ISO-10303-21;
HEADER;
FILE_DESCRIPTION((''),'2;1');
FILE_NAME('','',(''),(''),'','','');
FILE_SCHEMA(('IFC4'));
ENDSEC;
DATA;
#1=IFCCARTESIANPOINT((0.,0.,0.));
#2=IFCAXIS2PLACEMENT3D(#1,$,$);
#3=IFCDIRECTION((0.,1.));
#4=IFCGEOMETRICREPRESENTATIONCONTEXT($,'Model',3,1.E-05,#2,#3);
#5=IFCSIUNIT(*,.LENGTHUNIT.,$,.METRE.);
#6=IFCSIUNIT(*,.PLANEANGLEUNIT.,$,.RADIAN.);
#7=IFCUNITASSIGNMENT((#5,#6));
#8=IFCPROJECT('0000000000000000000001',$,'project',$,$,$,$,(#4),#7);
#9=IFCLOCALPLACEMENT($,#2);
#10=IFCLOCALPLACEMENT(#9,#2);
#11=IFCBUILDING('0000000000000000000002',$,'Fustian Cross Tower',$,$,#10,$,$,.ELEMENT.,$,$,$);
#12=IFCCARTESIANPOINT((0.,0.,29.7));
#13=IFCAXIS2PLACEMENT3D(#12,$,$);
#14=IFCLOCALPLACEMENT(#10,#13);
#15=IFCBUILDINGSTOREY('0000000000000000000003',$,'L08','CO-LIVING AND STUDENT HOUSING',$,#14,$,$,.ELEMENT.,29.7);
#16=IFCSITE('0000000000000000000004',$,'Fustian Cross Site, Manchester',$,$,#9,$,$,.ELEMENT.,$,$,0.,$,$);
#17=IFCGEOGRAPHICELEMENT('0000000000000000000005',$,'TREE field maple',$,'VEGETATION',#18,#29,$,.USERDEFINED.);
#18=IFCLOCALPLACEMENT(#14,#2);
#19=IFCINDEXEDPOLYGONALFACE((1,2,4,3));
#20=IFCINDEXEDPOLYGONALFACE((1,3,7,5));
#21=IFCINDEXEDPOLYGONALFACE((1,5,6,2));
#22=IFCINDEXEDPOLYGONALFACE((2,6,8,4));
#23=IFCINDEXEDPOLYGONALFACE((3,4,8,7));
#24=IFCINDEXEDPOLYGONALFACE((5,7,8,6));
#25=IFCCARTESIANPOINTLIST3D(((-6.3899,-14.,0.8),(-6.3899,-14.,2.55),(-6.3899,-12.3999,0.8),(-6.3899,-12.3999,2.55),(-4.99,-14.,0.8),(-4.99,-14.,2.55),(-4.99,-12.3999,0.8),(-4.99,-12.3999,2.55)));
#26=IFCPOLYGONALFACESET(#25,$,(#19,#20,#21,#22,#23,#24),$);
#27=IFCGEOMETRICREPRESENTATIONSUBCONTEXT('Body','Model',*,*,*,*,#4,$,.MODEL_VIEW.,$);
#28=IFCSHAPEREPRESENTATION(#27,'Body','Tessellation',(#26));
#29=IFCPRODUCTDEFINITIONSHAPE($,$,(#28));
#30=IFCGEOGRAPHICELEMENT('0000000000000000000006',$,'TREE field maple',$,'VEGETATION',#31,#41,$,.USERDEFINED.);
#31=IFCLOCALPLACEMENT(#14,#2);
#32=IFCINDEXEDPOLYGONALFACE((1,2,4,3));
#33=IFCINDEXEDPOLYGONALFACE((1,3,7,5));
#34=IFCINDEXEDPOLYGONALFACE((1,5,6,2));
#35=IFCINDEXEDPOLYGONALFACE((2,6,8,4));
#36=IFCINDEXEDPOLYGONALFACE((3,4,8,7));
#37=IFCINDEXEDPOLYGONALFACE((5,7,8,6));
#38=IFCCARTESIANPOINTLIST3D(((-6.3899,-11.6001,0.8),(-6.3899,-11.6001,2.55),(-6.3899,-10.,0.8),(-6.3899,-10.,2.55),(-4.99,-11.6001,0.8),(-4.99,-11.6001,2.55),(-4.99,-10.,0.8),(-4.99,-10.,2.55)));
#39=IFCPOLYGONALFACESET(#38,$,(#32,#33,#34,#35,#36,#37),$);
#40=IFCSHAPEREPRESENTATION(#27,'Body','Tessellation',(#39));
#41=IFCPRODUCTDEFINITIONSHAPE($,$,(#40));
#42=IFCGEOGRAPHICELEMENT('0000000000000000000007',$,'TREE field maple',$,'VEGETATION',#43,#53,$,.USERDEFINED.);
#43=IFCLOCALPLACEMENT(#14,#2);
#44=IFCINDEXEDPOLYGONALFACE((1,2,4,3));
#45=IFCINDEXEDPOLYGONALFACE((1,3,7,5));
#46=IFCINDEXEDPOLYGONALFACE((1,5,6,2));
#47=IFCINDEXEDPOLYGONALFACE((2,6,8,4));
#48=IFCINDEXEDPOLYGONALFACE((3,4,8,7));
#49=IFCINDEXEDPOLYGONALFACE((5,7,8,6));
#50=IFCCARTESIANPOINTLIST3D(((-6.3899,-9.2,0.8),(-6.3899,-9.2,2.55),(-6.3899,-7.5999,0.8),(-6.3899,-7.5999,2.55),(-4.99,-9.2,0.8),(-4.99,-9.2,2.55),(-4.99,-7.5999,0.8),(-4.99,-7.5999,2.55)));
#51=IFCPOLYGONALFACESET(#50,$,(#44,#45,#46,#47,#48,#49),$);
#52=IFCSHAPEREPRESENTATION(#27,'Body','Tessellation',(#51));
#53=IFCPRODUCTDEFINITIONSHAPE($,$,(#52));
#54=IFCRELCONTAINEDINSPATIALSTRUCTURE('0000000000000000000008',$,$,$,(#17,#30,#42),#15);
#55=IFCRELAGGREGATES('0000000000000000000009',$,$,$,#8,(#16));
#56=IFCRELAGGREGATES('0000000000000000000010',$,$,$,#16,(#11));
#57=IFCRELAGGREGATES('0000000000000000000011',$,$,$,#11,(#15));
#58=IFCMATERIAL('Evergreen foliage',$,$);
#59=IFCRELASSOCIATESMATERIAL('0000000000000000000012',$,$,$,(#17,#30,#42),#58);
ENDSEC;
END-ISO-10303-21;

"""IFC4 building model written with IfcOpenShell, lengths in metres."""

from ifc_helpers import new_model, si_unit, direction, frame, origin, origin_2d, place, context, subcontext, project, spatial, rectangle, extrude, material, element, save


model = new_model("IFC4")

# Units and contexts
model_context = context("Model", 3, precision=1e-05, world=origin(), true_north=direction((0.0, 1.0)))
body_context = subcontext(model_context, "Body", "Model", "MODEL_VIEW")
ifc_project = project(units=[si_unit("LENGTHUNIT", "METRE"), si_unit("PLANEANGLEUNIT", "RADIAN")], contexts=[model_context])

# Site, building, storey
site_placement = place(None, origin())
site = spatial("IfcSite", under=ifc_project, at=site_placement, Name="Fustian Cross Site, Manchester", CompositionType="ELEMENT", RefElevation=0.0)
building_placement = place(site_placement, origin())
building = spatial("IfcBuilding", under=site, at=building_placement, Name="Fustian Cross Tower", CompositionType="ELEMENT")
storey_placement = place(building_placement, frame((0.0, 0.0, 29.7)))
storey = spatial("IfcBuildingStorey", under=building, at=storey_placement, Name="L08", Description="CO-LIVING AND STUDENT HOUSING", CompositionType="ELEMENT", Elevation=29.7)

# Geographic elements
ifc_material_1 = material(Name="Evergreen foliage")
for number, where, z_axis, x_axis, name in (
    (1, (-5.6899, -13.2, 0.8), (0.0, 0.0, 1.0), (1.0, 0.0, 0.0), "TREE field maple"),
    (2, (-5.6899, -10.8, 0.8), (0.0, 0.0, 1.0), (1.0, 0.0, 0.0), "TREE field maple"),
    (3, (-5.6899, -8.3999, 0.8), (0.0, 0.0, 1.0), (1.0, 0.0, 0.0), "TREE field maple"),
):
    element("IfcGeographicElement", number, at=place(storey_placement, frame(where, z_axis=z_axis, x_axis=x_axis)), inside=storey, material=ifc_material_1, Name=name, ObjectType="VEGETATION", PredefinedType="USERDEFINED", context=body_context, shape_type="SweptSolid", body=[
        extrude(rectangle(XDim=1.3999, YDim=1.6001, at=origin_2d()), origin(), (0.0, 0.0, 1.0), 1.75),
    ])

save(model, "model.ifc")
